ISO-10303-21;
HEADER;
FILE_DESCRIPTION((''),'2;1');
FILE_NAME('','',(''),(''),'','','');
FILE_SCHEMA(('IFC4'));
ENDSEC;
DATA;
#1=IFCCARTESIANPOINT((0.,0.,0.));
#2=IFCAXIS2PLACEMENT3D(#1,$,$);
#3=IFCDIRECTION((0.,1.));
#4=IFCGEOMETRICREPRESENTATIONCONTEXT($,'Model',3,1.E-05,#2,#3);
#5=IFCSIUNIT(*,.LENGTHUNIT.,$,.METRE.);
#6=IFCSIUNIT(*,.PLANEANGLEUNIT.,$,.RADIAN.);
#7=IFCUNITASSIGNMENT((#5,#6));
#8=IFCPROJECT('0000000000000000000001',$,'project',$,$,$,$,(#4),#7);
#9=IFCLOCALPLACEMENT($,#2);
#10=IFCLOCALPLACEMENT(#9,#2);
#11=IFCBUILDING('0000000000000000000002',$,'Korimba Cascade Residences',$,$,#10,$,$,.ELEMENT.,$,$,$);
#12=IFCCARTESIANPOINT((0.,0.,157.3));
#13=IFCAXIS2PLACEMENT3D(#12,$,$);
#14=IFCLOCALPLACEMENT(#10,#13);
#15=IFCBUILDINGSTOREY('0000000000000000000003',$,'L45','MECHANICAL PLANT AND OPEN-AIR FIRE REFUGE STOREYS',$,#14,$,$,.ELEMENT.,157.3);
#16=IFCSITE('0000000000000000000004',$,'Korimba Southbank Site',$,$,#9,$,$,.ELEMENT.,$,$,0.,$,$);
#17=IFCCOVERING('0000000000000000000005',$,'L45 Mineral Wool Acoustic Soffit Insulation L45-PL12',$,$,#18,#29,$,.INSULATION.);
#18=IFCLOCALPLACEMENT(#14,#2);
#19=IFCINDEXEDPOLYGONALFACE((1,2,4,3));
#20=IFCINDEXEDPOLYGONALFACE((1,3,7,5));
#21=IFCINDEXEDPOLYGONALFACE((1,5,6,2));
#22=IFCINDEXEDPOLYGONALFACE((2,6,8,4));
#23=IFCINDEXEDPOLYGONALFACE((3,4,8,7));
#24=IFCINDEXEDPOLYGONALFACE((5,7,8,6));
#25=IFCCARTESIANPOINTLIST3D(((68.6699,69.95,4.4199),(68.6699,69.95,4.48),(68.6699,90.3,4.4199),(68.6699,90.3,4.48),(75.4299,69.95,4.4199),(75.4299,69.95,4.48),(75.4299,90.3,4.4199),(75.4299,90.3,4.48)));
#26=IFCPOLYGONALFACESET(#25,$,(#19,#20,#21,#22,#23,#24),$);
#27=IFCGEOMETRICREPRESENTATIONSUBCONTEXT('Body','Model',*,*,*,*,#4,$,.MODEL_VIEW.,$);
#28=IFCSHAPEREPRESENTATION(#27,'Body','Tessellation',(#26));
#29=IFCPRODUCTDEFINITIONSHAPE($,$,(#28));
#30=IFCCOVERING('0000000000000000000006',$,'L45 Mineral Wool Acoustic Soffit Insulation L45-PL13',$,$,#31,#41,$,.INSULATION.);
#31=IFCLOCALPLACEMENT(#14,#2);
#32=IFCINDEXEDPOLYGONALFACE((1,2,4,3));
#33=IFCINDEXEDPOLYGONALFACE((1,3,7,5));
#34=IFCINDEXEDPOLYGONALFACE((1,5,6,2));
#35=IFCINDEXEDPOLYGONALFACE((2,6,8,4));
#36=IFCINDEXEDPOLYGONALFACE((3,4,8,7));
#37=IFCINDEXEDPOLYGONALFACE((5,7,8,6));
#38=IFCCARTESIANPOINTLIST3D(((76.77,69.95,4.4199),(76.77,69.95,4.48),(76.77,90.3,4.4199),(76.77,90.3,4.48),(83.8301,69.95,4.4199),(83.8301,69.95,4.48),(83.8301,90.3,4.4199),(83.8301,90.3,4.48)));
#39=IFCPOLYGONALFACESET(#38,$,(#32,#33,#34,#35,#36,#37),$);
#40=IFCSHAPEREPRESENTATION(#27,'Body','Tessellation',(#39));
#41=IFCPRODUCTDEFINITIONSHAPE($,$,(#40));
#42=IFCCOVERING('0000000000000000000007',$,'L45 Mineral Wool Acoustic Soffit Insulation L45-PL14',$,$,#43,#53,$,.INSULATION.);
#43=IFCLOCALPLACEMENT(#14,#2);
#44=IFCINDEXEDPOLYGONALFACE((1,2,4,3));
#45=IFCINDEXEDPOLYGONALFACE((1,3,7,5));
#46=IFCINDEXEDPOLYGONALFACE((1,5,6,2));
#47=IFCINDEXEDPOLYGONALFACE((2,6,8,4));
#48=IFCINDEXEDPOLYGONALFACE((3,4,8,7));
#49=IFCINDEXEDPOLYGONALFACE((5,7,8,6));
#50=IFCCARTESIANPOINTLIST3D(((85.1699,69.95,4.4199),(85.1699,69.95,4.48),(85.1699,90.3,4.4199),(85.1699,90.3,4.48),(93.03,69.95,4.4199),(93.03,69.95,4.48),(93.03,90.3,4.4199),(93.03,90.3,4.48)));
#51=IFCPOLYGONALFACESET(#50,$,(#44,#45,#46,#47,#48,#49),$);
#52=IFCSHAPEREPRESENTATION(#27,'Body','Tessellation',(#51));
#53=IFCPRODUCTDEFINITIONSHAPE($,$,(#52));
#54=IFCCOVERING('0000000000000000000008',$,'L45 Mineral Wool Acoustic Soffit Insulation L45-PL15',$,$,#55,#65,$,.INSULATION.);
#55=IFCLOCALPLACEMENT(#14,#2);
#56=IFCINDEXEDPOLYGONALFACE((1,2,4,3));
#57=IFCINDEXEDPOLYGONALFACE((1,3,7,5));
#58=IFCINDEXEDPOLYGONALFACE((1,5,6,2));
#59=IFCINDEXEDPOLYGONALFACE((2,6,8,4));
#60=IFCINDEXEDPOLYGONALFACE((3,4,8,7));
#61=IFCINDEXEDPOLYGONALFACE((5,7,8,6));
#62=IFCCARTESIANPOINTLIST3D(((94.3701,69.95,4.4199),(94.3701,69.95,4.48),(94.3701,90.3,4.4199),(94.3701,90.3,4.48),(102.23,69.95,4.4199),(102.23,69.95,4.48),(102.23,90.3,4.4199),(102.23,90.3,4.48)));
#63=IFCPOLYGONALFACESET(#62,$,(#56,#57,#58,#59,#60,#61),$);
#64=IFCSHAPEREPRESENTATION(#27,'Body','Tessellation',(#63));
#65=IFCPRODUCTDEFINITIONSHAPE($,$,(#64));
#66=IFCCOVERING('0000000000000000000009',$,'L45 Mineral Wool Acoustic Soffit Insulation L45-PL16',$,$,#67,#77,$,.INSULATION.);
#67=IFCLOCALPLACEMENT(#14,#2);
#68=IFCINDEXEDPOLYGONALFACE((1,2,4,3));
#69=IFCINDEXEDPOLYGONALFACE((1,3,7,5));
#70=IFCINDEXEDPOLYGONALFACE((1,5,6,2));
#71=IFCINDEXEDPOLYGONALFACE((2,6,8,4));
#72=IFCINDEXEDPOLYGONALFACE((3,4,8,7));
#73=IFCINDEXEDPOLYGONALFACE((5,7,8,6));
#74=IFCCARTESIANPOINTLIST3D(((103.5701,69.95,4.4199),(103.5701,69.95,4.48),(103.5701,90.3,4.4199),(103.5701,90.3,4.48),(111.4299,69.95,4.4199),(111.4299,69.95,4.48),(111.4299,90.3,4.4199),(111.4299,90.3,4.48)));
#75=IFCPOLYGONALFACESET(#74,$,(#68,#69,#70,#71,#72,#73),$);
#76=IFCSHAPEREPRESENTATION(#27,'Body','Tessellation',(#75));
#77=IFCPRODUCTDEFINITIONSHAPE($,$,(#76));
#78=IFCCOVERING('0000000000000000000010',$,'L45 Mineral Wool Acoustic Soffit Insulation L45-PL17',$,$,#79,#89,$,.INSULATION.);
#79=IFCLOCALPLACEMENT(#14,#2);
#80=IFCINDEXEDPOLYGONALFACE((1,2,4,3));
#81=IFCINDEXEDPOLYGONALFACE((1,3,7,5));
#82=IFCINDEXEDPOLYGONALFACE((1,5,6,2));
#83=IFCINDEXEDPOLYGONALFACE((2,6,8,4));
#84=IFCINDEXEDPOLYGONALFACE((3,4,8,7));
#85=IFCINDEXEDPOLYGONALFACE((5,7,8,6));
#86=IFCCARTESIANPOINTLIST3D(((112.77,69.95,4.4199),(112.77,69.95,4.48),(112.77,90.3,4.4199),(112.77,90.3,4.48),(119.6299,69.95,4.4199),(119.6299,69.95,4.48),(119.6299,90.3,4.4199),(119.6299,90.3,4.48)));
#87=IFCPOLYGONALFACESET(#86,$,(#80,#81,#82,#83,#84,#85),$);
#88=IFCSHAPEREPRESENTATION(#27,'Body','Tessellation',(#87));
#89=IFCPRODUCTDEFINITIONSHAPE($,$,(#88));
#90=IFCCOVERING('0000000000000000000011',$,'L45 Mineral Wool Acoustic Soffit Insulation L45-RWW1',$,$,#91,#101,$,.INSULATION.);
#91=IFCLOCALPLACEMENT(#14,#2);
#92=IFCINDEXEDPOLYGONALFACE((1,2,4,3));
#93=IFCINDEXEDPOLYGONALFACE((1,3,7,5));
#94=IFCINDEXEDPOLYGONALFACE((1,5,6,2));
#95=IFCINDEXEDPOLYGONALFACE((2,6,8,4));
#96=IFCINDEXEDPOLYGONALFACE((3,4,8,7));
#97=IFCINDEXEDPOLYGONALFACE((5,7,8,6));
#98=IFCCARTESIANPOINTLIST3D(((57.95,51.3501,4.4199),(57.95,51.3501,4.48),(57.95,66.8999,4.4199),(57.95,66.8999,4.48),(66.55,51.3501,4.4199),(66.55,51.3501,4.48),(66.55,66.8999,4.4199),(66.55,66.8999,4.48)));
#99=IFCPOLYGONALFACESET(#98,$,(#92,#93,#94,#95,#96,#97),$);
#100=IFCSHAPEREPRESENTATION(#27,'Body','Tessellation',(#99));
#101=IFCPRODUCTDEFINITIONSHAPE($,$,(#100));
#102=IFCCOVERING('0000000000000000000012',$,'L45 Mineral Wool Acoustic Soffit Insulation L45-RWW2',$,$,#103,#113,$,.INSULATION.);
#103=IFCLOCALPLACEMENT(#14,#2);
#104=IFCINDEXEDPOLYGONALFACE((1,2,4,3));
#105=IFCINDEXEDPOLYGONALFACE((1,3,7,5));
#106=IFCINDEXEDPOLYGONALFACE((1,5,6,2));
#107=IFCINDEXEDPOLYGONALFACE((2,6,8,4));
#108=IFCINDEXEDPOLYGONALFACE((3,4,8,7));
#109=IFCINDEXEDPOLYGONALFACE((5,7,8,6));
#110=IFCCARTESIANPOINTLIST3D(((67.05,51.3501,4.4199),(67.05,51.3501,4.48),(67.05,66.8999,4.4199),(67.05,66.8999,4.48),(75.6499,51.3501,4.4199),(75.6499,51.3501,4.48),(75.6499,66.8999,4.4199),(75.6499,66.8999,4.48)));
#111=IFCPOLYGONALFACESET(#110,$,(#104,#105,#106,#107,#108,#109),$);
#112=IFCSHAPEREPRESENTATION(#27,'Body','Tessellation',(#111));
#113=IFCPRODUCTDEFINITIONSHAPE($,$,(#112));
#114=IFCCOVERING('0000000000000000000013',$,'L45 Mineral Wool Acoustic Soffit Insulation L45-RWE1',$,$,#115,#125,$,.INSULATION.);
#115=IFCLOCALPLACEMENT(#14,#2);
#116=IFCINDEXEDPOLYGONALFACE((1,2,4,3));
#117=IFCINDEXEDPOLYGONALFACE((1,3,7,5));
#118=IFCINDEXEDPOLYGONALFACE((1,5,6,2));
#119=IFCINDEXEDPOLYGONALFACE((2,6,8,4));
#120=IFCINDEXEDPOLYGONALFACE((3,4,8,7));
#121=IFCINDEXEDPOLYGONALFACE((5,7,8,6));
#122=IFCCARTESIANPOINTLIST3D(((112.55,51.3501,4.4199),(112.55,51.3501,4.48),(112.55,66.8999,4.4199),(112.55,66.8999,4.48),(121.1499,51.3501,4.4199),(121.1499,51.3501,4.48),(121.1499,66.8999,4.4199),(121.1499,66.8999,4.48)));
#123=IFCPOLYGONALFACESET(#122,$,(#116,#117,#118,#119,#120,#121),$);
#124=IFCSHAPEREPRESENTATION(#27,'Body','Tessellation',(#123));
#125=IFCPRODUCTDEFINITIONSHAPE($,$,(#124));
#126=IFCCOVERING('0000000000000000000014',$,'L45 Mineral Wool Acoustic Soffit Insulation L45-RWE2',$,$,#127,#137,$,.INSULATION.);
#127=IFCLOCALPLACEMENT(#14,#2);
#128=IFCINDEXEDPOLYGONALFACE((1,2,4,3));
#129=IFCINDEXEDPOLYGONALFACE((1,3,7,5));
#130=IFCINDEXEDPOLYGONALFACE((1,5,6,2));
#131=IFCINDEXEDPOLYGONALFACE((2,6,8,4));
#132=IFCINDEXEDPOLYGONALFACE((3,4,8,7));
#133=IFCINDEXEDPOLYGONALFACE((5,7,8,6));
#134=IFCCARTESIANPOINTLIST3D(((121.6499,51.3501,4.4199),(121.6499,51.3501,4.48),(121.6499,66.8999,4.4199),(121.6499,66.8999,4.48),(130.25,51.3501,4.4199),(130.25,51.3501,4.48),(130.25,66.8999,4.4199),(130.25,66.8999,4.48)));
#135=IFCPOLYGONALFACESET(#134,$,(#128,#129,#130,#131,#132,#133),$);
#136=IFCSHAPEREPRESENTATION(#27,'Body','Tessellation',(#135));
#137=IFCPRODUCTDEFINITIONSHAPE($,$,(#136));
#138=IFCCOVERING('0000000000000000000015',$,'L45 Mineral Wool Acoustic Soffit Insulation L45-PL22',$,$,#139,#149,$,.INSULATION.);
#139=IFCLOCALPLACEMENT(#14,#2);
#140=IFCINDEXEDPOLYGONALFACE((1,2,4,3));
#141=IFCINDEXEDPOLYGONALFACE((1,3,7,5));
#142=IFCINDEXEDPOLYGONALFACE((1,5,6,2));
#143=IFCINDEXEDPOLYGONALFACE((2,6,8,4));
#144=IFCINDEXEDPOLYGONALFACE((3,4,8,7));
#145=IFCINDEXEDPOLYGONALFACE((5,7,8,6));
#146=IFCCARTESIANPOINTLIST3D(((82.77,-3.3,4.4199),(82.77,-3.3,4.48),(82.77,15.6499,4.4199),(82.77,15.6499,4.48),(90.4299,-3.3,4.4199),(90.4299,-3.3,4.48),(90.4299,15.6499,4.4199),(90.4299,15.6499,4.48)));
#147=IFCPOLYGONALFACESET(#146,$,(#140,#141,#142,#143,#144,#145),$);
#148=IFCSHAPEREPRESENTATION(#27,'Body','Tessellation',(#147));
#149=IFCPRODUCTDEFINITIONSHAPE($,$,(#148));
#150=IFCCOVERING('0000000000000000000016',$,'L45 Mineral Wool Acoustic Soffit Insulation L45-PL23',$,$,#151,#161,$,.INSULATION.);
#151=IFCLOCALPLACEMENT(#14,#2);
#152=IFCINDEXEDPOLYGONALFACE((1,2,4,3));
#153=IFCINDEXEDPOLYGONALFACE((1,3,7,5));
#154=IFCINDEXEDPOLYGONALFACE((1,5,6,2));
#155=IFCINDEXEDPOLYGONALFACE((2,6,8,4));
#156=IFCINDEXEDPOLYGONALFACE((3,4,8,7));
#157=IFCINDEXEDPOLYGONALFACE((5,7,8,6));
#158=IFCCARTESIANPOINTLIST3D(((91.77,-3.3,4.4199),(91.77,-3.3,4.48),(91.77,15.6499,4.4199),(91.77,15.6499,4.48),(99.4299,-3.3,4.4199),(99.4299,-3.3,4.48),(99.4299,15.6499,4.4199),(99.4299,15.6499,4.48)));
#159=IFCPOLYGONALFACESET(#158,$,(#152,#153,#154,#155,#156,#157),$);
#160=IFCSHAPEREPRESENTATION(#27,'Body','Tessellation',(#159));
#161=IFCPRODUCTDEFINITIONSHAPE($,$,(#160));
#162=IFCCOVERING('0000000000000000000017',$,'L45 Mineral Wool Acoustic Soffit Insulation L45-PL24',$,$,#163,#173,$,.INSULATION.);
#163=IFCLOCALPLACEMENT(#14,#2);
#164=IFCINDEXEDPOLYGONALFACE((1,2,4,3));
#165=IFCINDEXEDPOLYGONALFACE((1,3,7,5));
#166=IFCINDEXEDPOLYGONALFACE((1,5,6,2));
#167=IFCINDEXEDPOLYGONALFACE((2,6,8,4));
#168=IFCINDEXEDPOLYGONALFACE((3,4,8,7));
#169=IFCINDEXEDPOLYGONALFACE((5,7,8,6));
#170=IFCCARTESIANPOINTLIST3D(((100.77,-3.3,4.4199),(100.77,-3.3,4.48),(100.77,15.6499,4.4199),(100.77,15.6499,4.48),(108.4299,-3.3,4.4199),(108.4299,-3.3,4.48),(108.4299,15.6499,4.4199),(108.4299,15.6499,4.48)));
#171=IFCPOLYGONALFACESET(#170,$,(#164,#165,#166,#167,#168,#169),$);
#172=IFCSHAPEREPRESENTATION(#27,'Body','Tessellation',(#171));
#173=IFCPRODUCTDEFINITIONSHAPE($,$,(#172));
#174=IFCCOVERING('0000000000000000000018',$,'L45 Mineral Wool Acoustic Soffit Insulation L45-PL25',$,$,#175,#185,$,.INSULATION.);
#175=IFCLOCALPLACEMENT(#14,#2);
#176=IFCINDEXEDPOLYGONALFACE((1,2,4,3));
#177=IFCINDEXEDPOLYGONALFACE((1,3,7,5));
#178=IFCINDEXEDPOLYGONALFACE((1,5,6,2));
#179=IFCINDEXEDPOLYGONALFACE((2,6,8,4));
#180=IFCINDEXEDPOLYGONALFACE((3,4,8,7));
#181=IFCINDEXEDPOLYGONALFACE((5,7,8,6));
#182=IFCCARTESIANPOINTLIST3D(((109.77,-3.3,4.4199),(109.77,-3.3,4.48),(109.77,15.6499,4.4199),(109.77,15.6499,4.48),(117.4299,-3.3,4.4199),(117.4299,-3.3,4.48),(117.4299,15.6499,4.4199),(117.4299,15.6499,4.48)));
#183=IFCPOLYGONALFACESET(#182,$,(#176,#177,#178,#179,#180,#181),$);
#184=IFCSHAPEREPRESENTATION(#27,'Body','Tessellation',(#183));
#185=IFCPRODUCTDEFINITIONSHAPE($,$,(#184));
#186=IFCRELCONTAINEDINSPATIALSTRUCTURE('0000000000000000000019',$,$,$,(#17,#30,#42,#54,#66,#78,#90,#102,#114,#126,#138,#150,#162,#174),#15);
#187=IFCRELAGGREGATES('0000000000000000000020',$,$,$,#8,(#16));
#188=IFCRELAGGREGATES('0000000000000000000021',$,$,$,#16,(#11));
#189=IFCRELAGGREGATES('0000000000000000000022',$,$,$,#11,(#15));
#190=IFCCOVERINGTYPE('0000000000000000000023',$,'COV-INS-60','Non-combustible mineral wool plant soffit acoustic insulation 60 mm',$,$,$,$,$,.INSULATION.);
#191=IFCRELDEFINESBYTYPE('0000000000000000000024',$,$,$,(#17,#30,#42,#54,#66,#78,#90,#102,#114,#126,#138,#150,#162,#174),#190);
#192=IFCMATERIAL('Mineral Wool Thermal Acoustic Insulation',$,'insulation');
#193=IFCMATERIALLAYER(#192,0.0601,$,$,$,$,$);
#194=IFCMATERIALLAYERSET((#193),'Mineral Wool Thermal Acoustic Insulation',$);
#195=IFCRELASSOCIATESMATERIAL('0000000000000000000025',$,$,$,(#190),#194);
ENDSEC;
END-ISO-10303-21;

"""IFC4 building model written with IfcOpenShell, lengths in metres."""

from ifc_helpers import new_model, si_unit, direction, frame, origin, place, context, subcontext, project, spatial, polyline, outline, extrude, material, layer, layer_set, type_object, element, save


model = new_model("IFC4")

# Units and contexts
model_context = context("Model", 3, precision=1e-05, world=origin(), true_north=direction((0.0, 1.0)))
body_context = subcontext(model_context, "Body", "Model", "MODEL_VIEW")
ifc_project = project(units=[si_unit("LENGTHUNIT", "METRE"), si_unit("PLANEANGLEUNIT", "RADIAN")], contexts=[model_context])

# Site, building, storey
site_placement = place(None, origin())
site = spatial("IfcSite", under=ifc_project, at=site_placement, Name="Korimba Southbank Site", CompositionType="ELEMENT", RefElevation=0.0)
building_placement = place(site_placement, origin())
building = spatial("IfcBuilding", under=site, at=building_placement, Name="Korimba Cascade Residences", CompositionType="ELEMENT")
storey_placement = place(building_placement, frame((0.0, 0.0, 157.3)))
storey = spatial("IfcBuildingStorey", under=building, at=storey_placement, Name="L45", Description="MECHANICAL PLANT AND OPEN-AIR FIRE REFUGE STOREYS", CompositionType="ELEMENT", Elevation=157.3)

# Coverings
ifc_material_1 = material(Name="Mineral Wool Thermal Acoustic Insulation", Category="insulation")
ifc_layer_1 = layer(ifc_material_1, 0.0601)
ifc_layer_set_1 = layer_set([ifc_layer_1], Name="Mineral Wool Thermal Acoustic Insulation")
covering_type = type_object("IfcCoveringType", Name="COV-INS-60", Description="Non-combustible mineral wool plant soffit acoustic insulation 60 mm", PredefinedType="INSULATION", material=ifc_layer_set_1)
covering_1_placement = place(storey_placement, frame((0.0, 0.0, 4.4199)))
element("IfcCovering", 1, at=covering_1_placement, inside=storey, type_object=covering_type, Name="L45 Mineral Wool Acoustic Soffit Insulation L45-PL12", PredefinedType="INSULATION", context=body_context, shape_type="SweptSolid", body=[
    extrude(outline(polyline([(68.6699, 69.95), (75.4299, 69.95), (75.4299, 90.3), (68.6699, 90.3), (68.6699, 69.95)])), origin(), (0.0, 0.0, 1.0), 0.0601),
])
covering_2_placement = place(storey_placement, frame((0.0, 0.0, 4.4199)))
element("IfcCovering", 2, at=covering_2_placement, inside=storey, type_object=covering_type, Name="L45 Mineral Wool Acoustic Soffit Insulation L45-PL13", PredefinedType="INSULATION", context=body_context, shape_type="SweptSolid", body=[
    extrude(outline(polyline([(76.77, 69.95), (83.8301, 69.95), (83.8301, 90.3), (76.77, 90.3), (76.77, 69.95)])), origin(), (0.0, 0.0, 1.0), 0.0601),
])
covering_3_placement = place(storey_placement, frame((0.0, 0.0, 4.4199)))
element("IfcCovering", 3, at=covering_3_placement, inside=storey, type_object=covering_type, Name="L45 Mineral Wool Acoustic Soffit Insulation L45-PL14", PredefinedType="INSULATION", context=body_context, shape_type="SweptSolid", body=[
    extrude(outline(polyline([(85.1699, 69.95), (93.03, 69.95), (93.03, 90.3), (85.1699, 90.3), (85.1699, 69.95)])), origin(), (0.0, 0.0, 1.0), 0.0601),
])
covering_4_placement = place(storey_placement, frame((0.0, 0.0, 4.4199)))
element("IfcCovering", 4, at=covering_4_placement, inside=storey, type_object=covering_type, Name="L45 Mineral Wool Acoustic Soffit Insulation L45-PL15", PredefinedType="INSULATION", context=body_context, shape_type="SweptSolid", body=[
    extrude(outline(polyline([(94.3701, 69.95), (102.23, 69.95), (102.23, 90.3), (94.3701, 90.3), (94.3701, 69.95)])), origin(), (0.0, 0.0, 1.0), 0.0601),
])
covering_5_placement = place(storey_placement, frame((0.0, 0.0, 4.4199)))
element("IfcCovering", 5, at=covering_5_placement, inside=storey, type_object=covering_type, Name="L45 Mineral Wool Acoustic Soffit Insulation L45-PL16", PredefinedType="INSULATION", context=body_context, shape_type="SweptSolid", body=[
    extrude(outline(polyline([(103.5701, 69.95), (111.4299, 69.95), (111.4299, 90.3), (103.5701, 90.3), (103.5701, 69.95)])), origin(), (0.0, 0.0, 1.0), 0.0601),
])
covering_6_placement = place(storey_placement, frame((0.0, 0.0, 4.4199)))
element("IfcCovering", 6, at=covering_6_placement, inside=storey, type_object=covering_type, Name="L45 Mineral Wool Acoustic Soffit Insulation L45-PL17", PredefinedType="INSULATION", context=body_context, shape_type="SweptSolid", body=[
    extrude(outline(polyline([(112.77, 69.95), (119.6299, 69.95), (119.6299, 90.3), (112.77, 90.3), (112.77, 69.95)])), origin(), (0.0, 0.0, 1.0), 0.0601),
])
covering_7_placement = place(storey_placement, frame((0.0, 0.0, 4.4199)))
element("IfcCovering", 7, at=covering_7_placement, inside=storey, type_object=covering_type, Name="L45 Mineral Wool Acoustic Soffit Insulation L45-RWW1", PredefinedType="INSULATION", context=body_context, shape_type="SweptSolid", body=[
    extrude(outline(polyline([(57.95, 51.3501), (66.55, 51.3501), (66.55, 66.8999), (57.95, 66.8999), (57.95, 51.3501)])), origin(), (0.0, 0.0, 1.0), 0.0601),
])
covering_8_placement = place(storey_placement, frame((0.0, 0.0, 4.4199)))
element("IfcCovering", 8, at=covering_8_placement, inside=storey, type_object=covering_type, Name="L45 Mineral Wool Acoustic Soffit Insulation L45-RWW2", PredefinedType="INSULATION", context=body_context, shape_type="SweptSolid", body=[
    extrude(outline(polyline([(67.05, 51.3501), (75.6499, 51.3501), (75.6499, 66.8999), (67.05, 66.8999), (67.05, 51.3501)])), origin(), (0.0, 0.0, 1.0), 0.0601),
])
covering_9_placement = place(storey_placement, frame((0.0, 0.0, 4.4199)))
element("IfcCovering", 9, at=covering_9_placement, inside=storey, type_object=covering_type, Name="L45 Mineral Wool Acoustic Soffit Insulation L45-RWE1", PredefinedType="INSULATION", context=body_context, shape_type="SweptSolid", body=[
    extrude(outline(polyline([(112.55, 51.3501), (121.1499, 51.3501), (121.1499, 66.8999), (112.55, 66.8999), (112.55, 51.3501)])), origin(), (0.0, 0.0, 1.0), 0.0601),
])
covering_10_placement = place(storey_placement, frame((0.0, 0.0, 4.4199)))
element("IfcCovering", 10, at=covering_10_placement, inside=storey, type_object=covering_type, Name="L45 Mineral Wool Acoustic Soffit Insulation L45-RWE2", PredefinedType="INSULATION", context=body_context, shape_type="SweptSolid", body=[
    extrude(outline(polyline([(121.6499, 51.3501), (130.25, 51.3501), (130.25, 66.8999), (121.6499, 66.8999), (121.6499, 51.3501)])), origin(), (0.0, 0.0, 1.0), 0.0601),
])
covering_11_placement = place(storey_placement, frame((0.0, 0.0, 4.4199)))
element("IfcCovering", 11, at=covering_11_placement, inside=storey, type_object=covering_type, Name="L45 Mineral Wool Acoustic Soffit Insulation L45-PL22", PredefinedType="INSULATION", context=body_context, shape_type="SweptSolid", body=[
    extrude(outline(polyline([(82.77, -3.3), (90.4299, -3.3), (90.4299, 15.6499), (82.77, 15.6499), (82.77, -3.3)])), origin(), (0.0, 0.0, 1.0), 0.0601),
])
covering_12_placement = place(storey_placement, frame((0.0, 0.0, 4.4199)))
element("IfcCovering", 12, at=covering_12_placement, inside=storey, type_object=covering_type, Name="L45 Mineral Wool Acoustic Soffit Insulation L45-PL23", PredefinedType="INSULATION", context=body_context, shape_type="SweptSolid", body=[
    extrude(outline(polyline([(91.77, -3.3), (99.4299, -3.3), (99.4299, 15.6499), (91.77, 15.6499), (91.77, -3.3)])), origin(), (0.0, 0.0, 1.0), 0.0601),
])
covering_13_placement = place(storey_placement, frame((0.0, 0.0, 4.4199)))
element("IfcCovering", 13, at=covering_13_placement, inside=storey, type_object=covering_type, Name="L45 Mineral Wool Acoustic Soffit Insulation L45-PL24", PredefinedType="INSULATION", context=body_context, shape_type="SweptSolid", body=[
    extrude(outline(polyline([(100.77, -3.3), (108.4299, -3.3), (108.4299, 15.6499), (100.77, 15.6499), (100.77, -3.3)])), origin(), (0.0, 0.0, 1.0), 0.0601),
])
covering_14_placement = place(storey_placement, frame((0.0, 0.0, 4.4199)))
element("IfcCovering", 14, at=covering_14_placement, inside=storey, type_object=covering_type, Name="L45 Mineral Wool Acoustic Soffit Insulation L45-PL25", PredefinedType="INSULATION", context=body_context, shape_type="SweptSolid", body=[
    extrude(outline(polyline([(109.77, -3.3), (117.4299, -3.3), (117.4299, 15.6499), (109.77, 15.6499), (109.77, -3.3)])), origin(), (0.0, 0.0, 1.0), 0.0601),
])

save(model, "model.ifc")
